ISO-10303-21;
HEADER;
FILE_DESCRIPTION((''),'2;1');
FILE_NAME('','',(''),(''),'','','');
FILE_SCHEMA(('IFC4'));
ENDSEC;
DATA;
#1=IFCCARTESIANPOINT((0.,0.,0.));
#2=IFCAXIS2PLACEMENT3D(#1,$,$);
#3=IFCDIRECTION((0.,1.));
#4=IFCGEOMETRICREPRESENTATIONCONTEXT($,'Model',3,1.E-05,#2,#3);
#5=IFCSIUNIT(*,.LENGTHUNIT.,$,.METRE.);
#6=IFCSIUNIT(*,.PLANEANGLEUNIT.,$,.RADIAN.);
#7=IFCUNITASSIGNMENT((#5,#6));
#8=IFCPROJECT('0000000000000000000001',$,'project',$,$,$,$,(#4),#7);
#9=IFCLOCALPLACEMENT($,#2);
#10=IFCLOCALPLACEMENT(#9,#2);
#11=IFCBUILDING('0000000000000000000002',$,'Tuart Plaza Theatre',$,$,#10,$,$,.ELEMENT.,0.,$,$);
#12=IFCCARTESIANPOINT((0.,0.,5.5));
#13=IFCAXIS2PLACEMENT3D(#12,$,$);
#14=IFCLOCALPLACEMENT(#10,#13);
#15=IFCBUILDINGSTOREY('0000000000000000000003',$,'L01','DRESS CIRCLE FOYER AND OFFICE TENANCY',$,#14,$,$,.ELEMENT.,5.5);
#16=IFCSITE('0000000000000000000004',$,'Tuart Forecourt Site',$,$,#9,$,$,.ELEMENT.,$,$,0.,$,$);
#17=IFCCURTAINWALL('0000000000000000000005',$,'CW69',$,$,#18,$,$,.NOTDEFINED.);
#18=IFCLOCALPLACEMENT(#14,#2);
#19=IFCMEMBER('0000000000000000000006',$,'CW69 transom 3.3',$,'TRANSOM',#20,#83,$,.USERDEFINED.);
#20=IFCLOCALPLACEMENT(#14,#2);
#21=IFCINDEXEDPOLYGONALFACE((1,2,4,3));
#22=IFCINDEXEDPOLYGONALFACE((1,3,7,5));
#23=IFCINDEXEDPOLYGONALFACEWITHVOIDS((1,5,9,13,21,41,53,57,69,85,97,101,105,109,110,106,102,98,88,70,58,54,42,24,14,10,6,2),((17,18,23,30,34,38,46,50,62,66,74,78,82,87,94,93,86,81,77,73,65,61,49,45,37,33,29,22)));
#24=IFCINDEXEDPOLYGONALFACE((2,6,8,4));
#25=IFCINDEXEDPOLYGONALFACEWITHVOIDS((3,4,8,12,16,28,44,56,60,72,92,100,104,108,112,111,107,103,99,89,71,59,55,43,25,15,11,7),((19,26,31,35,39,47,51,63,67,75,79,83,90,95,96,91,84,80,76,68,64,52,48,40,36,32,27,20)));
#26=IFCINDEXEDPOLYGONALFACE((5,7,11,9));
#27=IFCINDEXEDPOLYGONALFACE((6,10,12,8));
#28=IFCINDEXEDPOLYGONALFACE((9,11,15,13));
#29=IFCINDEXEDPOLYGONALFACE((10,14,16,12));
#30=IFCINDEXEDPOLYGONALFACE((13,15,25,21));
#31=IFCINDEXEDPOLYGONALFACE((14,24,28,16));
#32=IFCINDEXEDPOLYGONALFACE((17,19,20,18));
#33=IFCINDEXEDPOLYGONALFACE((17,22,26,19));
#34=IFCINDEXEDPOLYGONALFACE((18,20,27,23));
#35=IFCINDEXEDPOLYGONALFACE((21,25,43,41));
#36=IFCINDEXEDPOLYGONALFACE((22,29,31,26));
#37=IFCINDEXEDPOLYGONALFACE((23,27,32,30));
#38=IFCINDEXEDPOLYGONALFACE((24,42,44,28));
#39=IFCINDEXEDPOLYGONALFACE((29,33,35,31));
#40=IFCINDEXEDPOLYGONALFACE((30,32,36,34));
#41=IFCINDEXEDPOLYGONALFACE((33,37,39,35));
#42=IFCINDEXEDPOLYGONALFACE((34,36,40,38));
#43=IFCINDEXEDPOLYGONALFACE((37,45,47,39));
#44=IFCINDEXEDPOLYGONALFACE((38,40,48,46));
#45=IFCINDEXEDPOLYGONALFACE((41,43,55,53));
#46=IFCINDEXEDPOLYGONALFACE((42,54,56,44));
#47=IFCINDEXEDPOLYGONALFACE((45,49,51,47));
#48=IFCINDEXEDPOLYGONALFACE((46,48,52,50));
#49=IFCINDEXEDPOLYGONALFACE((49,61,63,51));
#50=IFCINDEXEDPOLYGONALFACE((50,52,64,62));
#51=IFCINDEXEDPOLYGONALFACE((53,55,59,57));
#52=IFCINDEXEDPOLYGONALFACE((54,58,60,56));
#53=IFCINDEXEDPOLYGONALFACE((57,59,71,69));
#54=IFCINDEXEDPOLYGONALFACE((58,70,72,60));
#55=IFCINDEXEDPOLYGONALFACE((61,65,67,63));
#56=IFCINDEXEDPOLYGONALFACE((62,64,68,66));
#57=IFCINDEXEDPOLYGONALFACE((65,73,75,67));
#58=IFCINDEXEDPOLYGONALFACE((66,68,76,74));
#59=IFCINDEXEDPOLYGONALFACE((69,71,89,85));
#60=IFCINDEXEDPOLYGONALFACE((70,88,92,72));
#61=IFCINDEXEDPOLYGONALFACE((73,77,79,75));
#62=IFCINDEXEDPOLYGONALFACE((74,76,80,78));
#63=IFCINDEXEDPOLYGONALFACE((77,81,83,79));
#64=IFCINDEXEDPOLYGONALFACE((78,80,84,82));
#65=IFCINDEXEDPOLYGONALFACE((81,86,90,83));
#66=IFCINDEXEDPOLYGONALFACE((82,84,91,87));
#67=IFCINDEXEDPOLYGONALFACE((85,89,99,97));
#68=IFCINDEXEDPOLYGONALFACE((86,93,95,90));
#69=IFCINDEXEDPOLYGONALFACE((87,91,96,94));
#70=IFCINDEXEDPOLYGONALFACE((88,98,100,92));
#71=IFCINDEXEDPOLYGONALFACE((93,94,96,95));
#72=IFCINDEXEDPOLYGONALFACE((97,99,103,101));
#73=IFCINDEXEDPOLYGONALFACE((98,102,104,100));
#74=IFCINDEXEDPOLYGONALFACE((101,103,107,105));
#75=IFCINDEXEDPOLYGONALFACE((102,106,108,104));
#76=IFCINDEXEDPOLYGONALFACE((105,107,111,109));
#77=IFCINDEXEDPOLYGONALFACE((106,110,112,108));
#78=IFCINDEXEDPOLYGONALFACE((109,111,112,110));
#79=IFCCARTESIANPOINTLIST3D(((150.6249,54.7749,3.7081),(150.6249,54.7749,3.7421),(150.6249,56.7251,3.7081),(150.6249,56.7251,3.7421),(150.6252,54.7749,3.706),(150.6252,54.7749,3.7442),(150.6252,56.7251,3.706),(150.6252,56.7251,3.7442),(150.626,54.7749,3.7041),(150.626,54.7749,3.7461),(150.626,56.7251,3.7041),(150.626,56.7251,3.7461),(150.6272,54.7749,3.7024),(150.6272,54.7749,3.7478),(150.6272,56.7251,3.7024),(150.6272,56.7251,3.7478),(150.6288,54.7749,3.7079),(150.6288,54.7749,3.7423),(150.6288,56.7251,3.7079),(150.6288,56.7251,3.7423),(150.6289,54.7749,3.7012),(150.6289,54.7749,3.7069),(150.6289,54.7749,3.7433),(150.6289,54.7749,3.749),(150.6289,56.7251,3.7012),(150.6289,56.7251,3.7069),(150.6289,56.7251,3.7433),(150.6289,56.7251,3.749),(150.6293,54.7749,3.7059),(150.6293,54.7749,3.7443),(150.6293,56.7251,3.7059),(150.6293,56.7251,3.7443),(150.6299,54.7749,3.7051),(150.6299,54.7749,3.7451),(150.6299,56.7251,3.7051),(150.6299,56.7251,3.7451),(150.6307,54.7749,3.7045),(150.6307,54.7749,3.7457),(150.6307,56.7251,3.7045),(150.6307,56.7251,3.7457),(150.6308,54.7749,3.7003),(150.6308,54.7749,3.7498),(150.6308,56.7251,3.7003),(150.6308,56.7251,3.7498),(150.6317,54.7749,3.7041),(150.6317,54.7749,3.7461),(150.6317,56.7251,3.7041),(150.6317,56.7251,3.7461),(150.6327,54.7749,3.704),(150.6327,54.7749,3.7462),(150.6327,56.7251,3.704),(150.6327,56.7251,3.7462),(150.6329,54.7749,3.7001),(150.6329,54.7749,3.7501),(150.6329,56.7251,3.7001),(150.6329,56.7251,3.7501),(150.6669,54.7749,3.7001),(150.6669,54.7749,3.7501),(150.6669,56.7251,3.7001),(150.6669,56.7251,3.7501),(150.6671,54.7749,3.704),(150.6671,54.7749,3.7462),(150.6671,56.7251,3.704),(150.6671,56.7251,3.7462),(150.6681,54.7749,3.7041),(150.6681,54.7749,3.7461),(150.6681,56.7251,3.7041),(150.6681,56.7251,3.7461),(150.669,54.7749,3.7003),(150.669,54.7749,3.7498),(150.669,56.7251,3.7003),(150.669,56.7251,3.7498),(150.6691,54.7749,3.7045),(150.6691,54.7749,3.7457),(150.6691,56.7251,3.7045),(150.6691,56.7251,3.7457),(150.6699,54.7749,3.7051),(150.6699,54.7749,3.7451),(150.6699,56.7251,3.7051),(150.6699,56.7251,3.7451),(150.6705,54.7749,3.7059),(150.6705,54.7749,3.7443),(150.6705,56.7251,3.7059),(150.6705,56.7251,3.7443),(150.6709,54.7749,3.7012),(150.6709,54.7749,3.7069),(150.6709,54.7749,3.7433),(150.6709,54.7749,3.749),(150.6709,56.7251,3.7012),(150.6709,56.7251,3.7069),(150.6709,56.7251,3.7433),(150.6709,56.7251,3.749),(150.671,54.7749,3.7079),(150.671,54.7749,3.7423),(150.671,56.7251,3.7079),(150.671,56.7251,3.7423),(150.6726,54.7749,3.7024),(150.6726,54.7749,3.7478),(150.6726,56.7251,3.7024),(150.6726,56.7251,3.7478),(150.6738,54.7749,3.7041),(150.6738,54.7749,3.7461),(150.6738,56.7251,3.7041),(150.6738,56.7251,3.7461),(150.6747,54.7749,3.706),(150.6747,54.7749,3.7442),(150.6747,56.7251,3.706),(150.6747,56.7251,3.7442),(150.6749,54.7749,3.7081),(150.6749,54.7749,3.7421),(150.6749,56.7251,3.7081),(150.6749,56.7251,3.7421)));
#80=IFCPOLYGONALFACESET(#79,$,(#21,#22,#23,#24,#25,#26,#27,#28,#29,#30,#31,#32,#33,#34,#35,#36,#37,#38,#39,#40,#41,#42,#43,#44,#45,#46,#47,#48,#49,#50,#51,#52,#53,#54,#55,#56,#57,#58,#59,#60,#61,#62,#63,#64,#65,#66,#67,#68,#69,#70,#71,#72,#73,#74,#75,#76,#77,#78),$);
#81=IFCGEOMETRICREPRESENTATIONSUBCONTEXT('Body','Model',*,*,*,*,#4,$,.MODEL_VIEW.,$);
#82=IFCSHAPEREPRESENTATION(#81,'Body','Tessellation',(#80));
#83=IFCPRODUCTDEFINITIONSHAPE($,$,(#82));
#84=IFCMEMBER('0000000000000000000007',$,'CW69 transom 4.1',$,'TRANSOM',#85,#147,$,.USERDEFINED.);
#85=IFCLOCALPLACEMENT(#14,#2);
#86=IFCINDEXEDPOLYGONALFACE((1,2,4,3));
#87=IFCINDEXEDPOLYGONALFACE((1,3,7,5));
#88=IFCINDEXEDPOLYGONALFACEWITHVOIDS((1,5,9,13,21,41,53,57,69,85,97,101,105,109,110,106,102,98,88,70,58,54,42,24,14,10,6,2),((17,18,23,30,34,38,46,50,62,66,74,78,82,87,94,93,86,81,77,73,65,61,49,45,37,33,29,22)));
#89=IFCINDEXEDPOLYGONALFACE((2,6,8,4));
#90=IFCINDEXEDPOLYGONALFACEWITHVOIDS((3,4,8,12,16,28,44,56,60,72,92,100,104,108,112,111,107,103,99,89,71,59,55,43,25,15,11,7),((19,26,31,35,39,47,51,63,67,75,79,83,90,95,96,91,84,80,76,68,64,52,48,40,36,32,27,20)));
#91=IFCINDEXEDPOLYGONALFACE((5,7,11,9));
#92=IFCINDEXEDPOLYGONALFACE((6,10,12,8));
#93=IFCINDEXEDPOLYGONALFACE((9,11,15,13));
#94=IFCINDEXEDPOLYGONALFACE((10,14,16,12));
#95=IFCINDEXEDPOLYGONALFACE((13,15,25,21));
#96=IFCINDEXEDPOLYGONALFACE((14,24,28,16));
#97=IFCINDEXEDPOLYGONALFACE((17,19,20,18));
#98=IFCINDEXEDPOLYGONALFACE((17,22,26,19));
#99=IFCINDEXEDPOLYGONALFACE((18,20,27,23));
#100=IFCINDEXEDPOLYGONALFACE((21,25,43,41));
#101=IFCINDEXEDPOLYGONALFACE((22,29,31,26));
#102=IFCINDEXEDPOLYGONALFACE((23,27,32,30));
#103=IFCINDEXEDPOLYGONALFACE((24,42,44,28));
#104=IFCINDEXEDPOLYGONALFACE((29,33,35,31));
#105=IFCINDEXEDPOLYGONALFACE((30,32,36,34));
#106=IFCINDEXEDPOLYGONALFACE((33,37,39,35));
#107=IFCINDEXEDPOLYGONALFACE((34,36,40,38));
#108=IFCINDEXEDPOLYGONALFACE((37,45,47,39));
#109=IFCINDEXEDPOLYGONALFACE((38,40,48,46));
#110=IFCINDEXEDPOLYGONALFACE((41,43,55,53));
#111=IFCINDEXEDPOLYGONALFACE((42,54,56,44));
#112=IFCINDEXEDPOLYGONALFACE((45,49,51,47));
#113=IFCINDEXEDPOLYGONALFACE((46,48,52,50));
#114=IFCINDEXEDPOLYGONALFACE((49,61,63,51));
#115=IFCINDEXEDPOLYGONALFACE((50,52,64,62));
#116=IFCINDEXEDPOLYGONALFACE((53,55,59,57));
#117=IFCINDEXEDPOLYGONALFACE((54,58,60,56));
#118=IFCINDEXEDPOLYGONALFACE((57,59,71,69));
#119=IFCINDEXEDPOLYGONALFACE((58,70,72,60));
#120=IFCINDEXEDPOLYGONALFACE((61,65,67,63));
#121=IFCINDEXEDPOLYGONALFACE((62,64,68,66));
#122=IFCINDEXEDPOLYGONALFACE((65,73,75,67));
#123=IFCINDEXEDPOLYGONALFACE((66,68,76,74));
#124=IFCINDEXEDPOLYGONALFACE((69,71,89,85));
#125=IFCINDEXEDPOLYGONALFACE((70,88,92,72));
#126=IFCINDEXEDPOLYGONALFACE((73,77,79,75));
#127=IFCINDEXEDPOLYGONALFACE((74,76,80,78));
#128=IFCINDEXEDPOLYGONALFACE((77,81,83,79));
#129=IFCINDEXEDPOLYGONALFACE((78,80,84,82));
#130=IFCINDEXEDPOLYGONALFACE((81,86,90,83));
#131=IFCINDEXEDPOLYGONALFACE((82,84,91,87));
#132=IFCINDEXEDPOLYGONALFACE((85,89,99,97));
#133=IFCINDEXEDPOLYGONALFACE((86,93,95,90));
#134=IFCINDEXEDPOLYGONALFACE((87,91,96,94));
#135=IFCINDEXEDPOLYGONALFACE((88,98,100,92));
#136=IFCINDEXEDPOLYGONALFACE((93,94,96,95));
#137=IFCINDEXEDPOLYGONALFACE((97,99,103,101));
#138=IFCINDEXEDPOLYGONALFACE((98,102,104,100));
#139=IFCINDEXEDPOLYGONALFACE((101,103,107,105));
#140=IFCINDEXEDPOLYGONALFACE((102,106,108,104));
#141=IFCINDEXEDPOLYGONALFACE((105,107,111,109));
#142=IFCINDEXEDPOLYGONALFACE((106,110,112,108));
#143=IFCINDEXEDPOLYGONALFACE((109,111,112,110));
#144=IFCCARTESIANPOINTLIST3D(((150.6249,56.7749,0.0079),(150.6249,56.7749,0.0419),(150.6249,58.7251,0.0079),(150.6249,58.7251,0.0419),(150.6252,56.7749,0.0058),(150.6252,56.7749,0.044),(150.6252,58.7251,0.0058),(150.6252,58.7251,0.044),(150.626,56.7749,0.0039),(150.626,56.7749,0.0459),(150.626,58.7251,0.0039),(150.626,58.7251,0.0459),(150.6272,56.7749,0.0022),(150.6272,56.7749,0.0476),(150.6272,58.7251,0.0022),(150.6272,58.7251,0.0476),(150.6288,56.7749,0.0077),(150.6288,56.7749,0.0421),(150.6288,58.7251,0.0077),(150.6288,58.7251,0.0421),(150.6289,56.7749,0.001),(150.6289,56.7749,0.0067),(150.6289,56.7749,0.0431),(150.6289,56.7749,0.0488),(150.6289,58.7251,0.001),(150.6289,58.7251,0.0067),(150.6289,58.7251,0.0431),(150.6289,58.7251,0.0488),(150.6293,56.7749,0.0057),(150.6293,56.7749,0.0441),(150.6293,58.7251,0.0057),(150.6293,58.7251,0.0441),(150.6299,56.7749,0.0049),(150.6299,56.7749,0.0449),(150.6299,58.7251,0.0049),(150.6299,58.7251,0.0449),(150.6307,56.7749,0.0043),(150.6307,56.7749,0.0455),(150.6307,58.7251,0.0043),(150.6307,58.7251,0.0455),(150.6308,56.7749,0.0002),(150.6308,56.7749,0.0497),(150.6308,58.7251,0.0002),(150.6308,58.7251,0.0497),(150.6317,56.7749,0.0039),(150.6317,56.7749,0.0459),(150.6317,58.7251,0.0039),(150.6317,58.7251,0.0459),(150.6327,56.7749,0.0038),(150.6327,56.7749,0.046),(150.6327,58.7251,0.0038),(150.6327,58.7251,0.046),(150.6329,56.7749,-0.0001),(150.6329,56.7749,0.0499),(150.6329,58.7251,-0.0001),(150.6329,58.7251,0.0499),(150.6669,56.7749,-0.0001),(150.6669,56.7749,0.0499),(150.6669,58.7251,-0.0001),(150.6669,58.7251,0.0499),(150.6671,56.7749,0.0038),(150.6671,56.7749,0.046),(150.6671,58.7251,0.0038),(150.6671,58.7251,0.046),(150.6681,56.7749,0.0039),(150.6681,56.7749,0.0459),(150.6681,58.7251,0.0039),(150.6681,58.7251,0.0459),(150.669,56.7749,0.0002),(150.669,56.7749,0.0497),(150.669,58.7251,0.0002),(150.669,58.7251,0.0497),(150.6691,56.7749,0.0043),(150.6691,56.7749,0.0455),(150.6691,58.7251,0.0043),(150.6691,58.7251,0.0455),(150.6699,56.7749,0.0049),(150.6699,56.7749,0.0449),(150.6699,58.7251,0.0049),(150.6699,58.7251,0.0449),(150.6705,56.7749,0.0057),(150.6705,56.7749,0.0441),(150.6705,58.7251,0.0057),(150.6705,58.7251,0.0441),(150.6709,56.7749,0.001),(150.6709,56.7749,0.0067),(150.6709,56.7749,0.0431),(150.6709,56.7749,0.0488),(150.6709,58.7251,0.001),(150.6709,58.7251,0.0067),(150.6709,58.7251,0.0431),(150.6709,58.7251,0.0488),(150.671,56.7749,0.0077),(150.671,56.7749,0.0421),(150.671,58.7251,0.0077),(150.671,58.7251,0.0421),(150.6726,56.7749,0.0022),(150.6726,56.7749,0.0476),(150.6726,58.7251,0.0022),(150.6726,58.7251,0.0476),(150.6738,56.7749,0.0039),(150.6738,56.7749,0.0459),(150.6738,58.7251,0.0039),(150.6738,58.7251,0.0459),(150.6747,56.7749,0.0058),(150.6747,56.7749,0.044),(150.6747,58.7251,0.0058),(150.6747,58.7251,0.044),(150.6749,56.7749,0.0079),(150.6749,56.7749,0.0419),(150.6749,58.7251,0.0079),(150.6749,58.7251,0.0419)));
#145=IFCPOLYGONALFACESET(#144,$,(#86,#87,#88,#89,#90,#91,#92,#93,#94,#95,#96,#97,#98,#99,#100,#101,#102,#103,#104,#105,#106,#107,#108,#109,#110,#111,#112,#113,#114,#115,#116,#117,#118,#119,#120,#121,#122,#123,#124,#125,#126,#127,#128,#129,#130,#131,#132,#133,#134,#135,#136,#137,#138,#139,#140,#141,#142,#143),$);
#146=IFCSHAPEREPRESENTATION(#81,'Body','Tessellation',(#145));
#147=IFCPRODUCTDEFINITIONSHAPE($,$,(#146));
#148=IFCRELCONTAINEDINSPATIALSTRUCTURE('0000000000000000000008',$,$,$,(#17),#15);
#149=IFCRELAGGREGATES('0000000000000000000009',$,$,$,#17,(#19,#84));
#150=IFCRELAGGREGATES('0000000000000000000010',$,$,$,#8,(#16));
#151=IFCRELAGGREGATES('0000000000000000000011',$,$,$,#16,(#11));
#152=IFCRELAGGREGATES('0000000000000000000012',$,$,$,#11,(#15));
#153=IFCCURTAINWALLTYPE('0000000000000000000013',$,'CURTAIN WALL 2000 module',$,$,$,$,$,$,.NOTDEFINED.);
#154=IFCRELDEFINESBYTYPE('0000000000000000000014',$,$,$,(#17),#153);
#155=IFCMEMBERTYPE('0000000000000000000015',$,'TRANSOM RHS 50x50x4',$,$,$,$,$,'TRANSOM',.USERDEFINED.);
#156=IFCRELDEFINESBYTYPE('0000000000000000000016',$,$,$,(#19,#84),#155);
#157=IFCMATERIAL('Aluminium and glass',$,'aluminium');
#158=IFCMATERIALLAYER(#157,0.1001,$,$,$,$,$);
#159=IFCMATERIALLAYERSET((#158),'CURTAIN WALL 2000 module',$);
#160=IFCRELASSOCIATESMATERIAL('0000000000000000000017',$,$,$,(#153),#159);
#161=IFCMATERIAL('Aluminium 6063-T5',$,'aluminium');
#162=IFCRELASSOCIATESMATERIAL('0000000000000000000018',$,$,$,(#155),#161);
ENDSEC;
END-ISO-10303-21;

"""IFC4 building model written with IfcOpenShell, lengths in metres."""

from ifc_helpers import new_model, si_unit, direction, frame, origin, origin_2d, place, context, subcontext, project, spatial, hollow_rectangle, extrude, material, layer, layer_set, material_profile, profile_set, type_object, element, aggregate, save


model = new_model("IFC4")

# Units and contexts
model_context = context("Model", 3, precision=1e-05, world=origin(), true_north=direction((0.0, 1.0)))
body_context = subcontext(model_context, "Body", "Model", "MODEL_VIEW")
ifc_project = project(units=[si_unit("LENGTHUNIT", "METRE"), si_unit("PLANEANGLEUNIT", "RADIAN")], contexts=[model_context])

# Site, building, storey
site_placement = place(None, origin())
site = spatial("IfcSite", under=ifc_project, at=site_placement, Name="Tuart Forecourt Site", CompositionType="ELEMENT", RefElevation=0.0)
building_placement = place(site_placement, origin())
building = spatial("IfcBuilding", under=site, at=building_placement, Name="Tuart Plaza Theatre", CompositionType="ELEMENT", ElevationOfRefHeight=0.0)
storey_placement = place(building_placement, frame((0.0, 0.0, 5.5)))
storey = spatial("IfcBuildingStorey", under=building, at=storey_placement, Name="L01", Description="DRESS CIRCLE FOYER AND OFFICE TENANCY", CompositionType="ELEMENT", Elevation=5.5)

# Curtain wall, members
ifc_material_1 = material(Name="Aluminium and glass", Category="aluminium")
ifc_layer_1 = layer(ifc_material_1, 0.1001)
ifc_layer_set_1 = layer_set([ifc_layer_1], Name="CURTAIN WALL 2000 module")
curtain_wall_type = type_object("IfcCurtainWallType", Name="CURTAIN WALL 2000 module", PredefinedType="NOTDEFINED", material=ifc_layer_set_1)
curtain_wall_placement = place(storey_placement, origin())
curtain_wall = element("IfcCurtainWall", 1, at=curtain_wall_placement, inside=storey, type_object=curtain_wall_type, Name="CW69", PredefinedType="NOTDEFINED")
ifc_material_2 = material(Name="Aluminium 6063-T5", Category="aluminium")
ifc_material_profile_1 = material_profile(ifc_material_2, hollow_rectangle(XDim=0.05, YDim=0.05, WallThickness=0.0039, InnerFilletRadius=0.0039, OuterFilletRadius=0.0081, at=origin_2d()), Name="RHS 50x50x4")
ifc_profile_set_1 = profile_set([ifc_material_profile_1], Name="Aluminium 6063-T5")
member_type_1 = type_object("IfcMemberType", Name="TRANSOM RHS 50x50x4", ElementType="TRANSOM", PredefinedType="USERDEFINED", material=ifc_profile_set_1)
member_1_placement = place(storey_placement, frame((150.6499, 54.7749, 3.7251), z_axis=(0.0, 1.0, 0.0), x_axis=(-1.0, 0.0, 0.0)))
member_1 = element("IfcMember", 2, at=member_1_placement, type_object=member_type_1, Name="CW69 transom 3.3", ObjectType="TRANSOM", PredefinedType="USERDEFINED", context=body_context, shape_type="SweptSolid", body=[
    extrude(hollow_rectangle(XDim=0.05, YDim=0.05, WallThickness=0.0039, InnerFilletRadius=0.0039, OuterFilletRadius=0.0081, at=origin_2d()), origin(), (0.0, 0.0, 1.0), 1.9502),
])
member_2_placement = place(storey_placement, frame((150.6499, 56.7749, 0.0249), z_axis=(0.0, 1.0, 0.0), x_axis=(-1.0, 0.0, 0.0)))
member_2 = element("IfcMember", 3, at=member_2_placement, type_object=member_type_1, Name="CW69 transom 4.1", ObjectType="TRANSOM", PredefinedType="USERDEFINED", context=body_context, shape_type="SweptSolid", body=[
    extrude(hollow_rectangle(XDim=0.05, YDim=0.05, WallThickness=0.0039, InnerFilletRadius=0.0039, OuterFilletRadius=0.0081, at=origin_2d()), origin(), (0.0, 0.0, 1.0), 1.9502),
])
aggregate(curtain_wall, [member_1, member_2])

save(model, "model.ifc")
